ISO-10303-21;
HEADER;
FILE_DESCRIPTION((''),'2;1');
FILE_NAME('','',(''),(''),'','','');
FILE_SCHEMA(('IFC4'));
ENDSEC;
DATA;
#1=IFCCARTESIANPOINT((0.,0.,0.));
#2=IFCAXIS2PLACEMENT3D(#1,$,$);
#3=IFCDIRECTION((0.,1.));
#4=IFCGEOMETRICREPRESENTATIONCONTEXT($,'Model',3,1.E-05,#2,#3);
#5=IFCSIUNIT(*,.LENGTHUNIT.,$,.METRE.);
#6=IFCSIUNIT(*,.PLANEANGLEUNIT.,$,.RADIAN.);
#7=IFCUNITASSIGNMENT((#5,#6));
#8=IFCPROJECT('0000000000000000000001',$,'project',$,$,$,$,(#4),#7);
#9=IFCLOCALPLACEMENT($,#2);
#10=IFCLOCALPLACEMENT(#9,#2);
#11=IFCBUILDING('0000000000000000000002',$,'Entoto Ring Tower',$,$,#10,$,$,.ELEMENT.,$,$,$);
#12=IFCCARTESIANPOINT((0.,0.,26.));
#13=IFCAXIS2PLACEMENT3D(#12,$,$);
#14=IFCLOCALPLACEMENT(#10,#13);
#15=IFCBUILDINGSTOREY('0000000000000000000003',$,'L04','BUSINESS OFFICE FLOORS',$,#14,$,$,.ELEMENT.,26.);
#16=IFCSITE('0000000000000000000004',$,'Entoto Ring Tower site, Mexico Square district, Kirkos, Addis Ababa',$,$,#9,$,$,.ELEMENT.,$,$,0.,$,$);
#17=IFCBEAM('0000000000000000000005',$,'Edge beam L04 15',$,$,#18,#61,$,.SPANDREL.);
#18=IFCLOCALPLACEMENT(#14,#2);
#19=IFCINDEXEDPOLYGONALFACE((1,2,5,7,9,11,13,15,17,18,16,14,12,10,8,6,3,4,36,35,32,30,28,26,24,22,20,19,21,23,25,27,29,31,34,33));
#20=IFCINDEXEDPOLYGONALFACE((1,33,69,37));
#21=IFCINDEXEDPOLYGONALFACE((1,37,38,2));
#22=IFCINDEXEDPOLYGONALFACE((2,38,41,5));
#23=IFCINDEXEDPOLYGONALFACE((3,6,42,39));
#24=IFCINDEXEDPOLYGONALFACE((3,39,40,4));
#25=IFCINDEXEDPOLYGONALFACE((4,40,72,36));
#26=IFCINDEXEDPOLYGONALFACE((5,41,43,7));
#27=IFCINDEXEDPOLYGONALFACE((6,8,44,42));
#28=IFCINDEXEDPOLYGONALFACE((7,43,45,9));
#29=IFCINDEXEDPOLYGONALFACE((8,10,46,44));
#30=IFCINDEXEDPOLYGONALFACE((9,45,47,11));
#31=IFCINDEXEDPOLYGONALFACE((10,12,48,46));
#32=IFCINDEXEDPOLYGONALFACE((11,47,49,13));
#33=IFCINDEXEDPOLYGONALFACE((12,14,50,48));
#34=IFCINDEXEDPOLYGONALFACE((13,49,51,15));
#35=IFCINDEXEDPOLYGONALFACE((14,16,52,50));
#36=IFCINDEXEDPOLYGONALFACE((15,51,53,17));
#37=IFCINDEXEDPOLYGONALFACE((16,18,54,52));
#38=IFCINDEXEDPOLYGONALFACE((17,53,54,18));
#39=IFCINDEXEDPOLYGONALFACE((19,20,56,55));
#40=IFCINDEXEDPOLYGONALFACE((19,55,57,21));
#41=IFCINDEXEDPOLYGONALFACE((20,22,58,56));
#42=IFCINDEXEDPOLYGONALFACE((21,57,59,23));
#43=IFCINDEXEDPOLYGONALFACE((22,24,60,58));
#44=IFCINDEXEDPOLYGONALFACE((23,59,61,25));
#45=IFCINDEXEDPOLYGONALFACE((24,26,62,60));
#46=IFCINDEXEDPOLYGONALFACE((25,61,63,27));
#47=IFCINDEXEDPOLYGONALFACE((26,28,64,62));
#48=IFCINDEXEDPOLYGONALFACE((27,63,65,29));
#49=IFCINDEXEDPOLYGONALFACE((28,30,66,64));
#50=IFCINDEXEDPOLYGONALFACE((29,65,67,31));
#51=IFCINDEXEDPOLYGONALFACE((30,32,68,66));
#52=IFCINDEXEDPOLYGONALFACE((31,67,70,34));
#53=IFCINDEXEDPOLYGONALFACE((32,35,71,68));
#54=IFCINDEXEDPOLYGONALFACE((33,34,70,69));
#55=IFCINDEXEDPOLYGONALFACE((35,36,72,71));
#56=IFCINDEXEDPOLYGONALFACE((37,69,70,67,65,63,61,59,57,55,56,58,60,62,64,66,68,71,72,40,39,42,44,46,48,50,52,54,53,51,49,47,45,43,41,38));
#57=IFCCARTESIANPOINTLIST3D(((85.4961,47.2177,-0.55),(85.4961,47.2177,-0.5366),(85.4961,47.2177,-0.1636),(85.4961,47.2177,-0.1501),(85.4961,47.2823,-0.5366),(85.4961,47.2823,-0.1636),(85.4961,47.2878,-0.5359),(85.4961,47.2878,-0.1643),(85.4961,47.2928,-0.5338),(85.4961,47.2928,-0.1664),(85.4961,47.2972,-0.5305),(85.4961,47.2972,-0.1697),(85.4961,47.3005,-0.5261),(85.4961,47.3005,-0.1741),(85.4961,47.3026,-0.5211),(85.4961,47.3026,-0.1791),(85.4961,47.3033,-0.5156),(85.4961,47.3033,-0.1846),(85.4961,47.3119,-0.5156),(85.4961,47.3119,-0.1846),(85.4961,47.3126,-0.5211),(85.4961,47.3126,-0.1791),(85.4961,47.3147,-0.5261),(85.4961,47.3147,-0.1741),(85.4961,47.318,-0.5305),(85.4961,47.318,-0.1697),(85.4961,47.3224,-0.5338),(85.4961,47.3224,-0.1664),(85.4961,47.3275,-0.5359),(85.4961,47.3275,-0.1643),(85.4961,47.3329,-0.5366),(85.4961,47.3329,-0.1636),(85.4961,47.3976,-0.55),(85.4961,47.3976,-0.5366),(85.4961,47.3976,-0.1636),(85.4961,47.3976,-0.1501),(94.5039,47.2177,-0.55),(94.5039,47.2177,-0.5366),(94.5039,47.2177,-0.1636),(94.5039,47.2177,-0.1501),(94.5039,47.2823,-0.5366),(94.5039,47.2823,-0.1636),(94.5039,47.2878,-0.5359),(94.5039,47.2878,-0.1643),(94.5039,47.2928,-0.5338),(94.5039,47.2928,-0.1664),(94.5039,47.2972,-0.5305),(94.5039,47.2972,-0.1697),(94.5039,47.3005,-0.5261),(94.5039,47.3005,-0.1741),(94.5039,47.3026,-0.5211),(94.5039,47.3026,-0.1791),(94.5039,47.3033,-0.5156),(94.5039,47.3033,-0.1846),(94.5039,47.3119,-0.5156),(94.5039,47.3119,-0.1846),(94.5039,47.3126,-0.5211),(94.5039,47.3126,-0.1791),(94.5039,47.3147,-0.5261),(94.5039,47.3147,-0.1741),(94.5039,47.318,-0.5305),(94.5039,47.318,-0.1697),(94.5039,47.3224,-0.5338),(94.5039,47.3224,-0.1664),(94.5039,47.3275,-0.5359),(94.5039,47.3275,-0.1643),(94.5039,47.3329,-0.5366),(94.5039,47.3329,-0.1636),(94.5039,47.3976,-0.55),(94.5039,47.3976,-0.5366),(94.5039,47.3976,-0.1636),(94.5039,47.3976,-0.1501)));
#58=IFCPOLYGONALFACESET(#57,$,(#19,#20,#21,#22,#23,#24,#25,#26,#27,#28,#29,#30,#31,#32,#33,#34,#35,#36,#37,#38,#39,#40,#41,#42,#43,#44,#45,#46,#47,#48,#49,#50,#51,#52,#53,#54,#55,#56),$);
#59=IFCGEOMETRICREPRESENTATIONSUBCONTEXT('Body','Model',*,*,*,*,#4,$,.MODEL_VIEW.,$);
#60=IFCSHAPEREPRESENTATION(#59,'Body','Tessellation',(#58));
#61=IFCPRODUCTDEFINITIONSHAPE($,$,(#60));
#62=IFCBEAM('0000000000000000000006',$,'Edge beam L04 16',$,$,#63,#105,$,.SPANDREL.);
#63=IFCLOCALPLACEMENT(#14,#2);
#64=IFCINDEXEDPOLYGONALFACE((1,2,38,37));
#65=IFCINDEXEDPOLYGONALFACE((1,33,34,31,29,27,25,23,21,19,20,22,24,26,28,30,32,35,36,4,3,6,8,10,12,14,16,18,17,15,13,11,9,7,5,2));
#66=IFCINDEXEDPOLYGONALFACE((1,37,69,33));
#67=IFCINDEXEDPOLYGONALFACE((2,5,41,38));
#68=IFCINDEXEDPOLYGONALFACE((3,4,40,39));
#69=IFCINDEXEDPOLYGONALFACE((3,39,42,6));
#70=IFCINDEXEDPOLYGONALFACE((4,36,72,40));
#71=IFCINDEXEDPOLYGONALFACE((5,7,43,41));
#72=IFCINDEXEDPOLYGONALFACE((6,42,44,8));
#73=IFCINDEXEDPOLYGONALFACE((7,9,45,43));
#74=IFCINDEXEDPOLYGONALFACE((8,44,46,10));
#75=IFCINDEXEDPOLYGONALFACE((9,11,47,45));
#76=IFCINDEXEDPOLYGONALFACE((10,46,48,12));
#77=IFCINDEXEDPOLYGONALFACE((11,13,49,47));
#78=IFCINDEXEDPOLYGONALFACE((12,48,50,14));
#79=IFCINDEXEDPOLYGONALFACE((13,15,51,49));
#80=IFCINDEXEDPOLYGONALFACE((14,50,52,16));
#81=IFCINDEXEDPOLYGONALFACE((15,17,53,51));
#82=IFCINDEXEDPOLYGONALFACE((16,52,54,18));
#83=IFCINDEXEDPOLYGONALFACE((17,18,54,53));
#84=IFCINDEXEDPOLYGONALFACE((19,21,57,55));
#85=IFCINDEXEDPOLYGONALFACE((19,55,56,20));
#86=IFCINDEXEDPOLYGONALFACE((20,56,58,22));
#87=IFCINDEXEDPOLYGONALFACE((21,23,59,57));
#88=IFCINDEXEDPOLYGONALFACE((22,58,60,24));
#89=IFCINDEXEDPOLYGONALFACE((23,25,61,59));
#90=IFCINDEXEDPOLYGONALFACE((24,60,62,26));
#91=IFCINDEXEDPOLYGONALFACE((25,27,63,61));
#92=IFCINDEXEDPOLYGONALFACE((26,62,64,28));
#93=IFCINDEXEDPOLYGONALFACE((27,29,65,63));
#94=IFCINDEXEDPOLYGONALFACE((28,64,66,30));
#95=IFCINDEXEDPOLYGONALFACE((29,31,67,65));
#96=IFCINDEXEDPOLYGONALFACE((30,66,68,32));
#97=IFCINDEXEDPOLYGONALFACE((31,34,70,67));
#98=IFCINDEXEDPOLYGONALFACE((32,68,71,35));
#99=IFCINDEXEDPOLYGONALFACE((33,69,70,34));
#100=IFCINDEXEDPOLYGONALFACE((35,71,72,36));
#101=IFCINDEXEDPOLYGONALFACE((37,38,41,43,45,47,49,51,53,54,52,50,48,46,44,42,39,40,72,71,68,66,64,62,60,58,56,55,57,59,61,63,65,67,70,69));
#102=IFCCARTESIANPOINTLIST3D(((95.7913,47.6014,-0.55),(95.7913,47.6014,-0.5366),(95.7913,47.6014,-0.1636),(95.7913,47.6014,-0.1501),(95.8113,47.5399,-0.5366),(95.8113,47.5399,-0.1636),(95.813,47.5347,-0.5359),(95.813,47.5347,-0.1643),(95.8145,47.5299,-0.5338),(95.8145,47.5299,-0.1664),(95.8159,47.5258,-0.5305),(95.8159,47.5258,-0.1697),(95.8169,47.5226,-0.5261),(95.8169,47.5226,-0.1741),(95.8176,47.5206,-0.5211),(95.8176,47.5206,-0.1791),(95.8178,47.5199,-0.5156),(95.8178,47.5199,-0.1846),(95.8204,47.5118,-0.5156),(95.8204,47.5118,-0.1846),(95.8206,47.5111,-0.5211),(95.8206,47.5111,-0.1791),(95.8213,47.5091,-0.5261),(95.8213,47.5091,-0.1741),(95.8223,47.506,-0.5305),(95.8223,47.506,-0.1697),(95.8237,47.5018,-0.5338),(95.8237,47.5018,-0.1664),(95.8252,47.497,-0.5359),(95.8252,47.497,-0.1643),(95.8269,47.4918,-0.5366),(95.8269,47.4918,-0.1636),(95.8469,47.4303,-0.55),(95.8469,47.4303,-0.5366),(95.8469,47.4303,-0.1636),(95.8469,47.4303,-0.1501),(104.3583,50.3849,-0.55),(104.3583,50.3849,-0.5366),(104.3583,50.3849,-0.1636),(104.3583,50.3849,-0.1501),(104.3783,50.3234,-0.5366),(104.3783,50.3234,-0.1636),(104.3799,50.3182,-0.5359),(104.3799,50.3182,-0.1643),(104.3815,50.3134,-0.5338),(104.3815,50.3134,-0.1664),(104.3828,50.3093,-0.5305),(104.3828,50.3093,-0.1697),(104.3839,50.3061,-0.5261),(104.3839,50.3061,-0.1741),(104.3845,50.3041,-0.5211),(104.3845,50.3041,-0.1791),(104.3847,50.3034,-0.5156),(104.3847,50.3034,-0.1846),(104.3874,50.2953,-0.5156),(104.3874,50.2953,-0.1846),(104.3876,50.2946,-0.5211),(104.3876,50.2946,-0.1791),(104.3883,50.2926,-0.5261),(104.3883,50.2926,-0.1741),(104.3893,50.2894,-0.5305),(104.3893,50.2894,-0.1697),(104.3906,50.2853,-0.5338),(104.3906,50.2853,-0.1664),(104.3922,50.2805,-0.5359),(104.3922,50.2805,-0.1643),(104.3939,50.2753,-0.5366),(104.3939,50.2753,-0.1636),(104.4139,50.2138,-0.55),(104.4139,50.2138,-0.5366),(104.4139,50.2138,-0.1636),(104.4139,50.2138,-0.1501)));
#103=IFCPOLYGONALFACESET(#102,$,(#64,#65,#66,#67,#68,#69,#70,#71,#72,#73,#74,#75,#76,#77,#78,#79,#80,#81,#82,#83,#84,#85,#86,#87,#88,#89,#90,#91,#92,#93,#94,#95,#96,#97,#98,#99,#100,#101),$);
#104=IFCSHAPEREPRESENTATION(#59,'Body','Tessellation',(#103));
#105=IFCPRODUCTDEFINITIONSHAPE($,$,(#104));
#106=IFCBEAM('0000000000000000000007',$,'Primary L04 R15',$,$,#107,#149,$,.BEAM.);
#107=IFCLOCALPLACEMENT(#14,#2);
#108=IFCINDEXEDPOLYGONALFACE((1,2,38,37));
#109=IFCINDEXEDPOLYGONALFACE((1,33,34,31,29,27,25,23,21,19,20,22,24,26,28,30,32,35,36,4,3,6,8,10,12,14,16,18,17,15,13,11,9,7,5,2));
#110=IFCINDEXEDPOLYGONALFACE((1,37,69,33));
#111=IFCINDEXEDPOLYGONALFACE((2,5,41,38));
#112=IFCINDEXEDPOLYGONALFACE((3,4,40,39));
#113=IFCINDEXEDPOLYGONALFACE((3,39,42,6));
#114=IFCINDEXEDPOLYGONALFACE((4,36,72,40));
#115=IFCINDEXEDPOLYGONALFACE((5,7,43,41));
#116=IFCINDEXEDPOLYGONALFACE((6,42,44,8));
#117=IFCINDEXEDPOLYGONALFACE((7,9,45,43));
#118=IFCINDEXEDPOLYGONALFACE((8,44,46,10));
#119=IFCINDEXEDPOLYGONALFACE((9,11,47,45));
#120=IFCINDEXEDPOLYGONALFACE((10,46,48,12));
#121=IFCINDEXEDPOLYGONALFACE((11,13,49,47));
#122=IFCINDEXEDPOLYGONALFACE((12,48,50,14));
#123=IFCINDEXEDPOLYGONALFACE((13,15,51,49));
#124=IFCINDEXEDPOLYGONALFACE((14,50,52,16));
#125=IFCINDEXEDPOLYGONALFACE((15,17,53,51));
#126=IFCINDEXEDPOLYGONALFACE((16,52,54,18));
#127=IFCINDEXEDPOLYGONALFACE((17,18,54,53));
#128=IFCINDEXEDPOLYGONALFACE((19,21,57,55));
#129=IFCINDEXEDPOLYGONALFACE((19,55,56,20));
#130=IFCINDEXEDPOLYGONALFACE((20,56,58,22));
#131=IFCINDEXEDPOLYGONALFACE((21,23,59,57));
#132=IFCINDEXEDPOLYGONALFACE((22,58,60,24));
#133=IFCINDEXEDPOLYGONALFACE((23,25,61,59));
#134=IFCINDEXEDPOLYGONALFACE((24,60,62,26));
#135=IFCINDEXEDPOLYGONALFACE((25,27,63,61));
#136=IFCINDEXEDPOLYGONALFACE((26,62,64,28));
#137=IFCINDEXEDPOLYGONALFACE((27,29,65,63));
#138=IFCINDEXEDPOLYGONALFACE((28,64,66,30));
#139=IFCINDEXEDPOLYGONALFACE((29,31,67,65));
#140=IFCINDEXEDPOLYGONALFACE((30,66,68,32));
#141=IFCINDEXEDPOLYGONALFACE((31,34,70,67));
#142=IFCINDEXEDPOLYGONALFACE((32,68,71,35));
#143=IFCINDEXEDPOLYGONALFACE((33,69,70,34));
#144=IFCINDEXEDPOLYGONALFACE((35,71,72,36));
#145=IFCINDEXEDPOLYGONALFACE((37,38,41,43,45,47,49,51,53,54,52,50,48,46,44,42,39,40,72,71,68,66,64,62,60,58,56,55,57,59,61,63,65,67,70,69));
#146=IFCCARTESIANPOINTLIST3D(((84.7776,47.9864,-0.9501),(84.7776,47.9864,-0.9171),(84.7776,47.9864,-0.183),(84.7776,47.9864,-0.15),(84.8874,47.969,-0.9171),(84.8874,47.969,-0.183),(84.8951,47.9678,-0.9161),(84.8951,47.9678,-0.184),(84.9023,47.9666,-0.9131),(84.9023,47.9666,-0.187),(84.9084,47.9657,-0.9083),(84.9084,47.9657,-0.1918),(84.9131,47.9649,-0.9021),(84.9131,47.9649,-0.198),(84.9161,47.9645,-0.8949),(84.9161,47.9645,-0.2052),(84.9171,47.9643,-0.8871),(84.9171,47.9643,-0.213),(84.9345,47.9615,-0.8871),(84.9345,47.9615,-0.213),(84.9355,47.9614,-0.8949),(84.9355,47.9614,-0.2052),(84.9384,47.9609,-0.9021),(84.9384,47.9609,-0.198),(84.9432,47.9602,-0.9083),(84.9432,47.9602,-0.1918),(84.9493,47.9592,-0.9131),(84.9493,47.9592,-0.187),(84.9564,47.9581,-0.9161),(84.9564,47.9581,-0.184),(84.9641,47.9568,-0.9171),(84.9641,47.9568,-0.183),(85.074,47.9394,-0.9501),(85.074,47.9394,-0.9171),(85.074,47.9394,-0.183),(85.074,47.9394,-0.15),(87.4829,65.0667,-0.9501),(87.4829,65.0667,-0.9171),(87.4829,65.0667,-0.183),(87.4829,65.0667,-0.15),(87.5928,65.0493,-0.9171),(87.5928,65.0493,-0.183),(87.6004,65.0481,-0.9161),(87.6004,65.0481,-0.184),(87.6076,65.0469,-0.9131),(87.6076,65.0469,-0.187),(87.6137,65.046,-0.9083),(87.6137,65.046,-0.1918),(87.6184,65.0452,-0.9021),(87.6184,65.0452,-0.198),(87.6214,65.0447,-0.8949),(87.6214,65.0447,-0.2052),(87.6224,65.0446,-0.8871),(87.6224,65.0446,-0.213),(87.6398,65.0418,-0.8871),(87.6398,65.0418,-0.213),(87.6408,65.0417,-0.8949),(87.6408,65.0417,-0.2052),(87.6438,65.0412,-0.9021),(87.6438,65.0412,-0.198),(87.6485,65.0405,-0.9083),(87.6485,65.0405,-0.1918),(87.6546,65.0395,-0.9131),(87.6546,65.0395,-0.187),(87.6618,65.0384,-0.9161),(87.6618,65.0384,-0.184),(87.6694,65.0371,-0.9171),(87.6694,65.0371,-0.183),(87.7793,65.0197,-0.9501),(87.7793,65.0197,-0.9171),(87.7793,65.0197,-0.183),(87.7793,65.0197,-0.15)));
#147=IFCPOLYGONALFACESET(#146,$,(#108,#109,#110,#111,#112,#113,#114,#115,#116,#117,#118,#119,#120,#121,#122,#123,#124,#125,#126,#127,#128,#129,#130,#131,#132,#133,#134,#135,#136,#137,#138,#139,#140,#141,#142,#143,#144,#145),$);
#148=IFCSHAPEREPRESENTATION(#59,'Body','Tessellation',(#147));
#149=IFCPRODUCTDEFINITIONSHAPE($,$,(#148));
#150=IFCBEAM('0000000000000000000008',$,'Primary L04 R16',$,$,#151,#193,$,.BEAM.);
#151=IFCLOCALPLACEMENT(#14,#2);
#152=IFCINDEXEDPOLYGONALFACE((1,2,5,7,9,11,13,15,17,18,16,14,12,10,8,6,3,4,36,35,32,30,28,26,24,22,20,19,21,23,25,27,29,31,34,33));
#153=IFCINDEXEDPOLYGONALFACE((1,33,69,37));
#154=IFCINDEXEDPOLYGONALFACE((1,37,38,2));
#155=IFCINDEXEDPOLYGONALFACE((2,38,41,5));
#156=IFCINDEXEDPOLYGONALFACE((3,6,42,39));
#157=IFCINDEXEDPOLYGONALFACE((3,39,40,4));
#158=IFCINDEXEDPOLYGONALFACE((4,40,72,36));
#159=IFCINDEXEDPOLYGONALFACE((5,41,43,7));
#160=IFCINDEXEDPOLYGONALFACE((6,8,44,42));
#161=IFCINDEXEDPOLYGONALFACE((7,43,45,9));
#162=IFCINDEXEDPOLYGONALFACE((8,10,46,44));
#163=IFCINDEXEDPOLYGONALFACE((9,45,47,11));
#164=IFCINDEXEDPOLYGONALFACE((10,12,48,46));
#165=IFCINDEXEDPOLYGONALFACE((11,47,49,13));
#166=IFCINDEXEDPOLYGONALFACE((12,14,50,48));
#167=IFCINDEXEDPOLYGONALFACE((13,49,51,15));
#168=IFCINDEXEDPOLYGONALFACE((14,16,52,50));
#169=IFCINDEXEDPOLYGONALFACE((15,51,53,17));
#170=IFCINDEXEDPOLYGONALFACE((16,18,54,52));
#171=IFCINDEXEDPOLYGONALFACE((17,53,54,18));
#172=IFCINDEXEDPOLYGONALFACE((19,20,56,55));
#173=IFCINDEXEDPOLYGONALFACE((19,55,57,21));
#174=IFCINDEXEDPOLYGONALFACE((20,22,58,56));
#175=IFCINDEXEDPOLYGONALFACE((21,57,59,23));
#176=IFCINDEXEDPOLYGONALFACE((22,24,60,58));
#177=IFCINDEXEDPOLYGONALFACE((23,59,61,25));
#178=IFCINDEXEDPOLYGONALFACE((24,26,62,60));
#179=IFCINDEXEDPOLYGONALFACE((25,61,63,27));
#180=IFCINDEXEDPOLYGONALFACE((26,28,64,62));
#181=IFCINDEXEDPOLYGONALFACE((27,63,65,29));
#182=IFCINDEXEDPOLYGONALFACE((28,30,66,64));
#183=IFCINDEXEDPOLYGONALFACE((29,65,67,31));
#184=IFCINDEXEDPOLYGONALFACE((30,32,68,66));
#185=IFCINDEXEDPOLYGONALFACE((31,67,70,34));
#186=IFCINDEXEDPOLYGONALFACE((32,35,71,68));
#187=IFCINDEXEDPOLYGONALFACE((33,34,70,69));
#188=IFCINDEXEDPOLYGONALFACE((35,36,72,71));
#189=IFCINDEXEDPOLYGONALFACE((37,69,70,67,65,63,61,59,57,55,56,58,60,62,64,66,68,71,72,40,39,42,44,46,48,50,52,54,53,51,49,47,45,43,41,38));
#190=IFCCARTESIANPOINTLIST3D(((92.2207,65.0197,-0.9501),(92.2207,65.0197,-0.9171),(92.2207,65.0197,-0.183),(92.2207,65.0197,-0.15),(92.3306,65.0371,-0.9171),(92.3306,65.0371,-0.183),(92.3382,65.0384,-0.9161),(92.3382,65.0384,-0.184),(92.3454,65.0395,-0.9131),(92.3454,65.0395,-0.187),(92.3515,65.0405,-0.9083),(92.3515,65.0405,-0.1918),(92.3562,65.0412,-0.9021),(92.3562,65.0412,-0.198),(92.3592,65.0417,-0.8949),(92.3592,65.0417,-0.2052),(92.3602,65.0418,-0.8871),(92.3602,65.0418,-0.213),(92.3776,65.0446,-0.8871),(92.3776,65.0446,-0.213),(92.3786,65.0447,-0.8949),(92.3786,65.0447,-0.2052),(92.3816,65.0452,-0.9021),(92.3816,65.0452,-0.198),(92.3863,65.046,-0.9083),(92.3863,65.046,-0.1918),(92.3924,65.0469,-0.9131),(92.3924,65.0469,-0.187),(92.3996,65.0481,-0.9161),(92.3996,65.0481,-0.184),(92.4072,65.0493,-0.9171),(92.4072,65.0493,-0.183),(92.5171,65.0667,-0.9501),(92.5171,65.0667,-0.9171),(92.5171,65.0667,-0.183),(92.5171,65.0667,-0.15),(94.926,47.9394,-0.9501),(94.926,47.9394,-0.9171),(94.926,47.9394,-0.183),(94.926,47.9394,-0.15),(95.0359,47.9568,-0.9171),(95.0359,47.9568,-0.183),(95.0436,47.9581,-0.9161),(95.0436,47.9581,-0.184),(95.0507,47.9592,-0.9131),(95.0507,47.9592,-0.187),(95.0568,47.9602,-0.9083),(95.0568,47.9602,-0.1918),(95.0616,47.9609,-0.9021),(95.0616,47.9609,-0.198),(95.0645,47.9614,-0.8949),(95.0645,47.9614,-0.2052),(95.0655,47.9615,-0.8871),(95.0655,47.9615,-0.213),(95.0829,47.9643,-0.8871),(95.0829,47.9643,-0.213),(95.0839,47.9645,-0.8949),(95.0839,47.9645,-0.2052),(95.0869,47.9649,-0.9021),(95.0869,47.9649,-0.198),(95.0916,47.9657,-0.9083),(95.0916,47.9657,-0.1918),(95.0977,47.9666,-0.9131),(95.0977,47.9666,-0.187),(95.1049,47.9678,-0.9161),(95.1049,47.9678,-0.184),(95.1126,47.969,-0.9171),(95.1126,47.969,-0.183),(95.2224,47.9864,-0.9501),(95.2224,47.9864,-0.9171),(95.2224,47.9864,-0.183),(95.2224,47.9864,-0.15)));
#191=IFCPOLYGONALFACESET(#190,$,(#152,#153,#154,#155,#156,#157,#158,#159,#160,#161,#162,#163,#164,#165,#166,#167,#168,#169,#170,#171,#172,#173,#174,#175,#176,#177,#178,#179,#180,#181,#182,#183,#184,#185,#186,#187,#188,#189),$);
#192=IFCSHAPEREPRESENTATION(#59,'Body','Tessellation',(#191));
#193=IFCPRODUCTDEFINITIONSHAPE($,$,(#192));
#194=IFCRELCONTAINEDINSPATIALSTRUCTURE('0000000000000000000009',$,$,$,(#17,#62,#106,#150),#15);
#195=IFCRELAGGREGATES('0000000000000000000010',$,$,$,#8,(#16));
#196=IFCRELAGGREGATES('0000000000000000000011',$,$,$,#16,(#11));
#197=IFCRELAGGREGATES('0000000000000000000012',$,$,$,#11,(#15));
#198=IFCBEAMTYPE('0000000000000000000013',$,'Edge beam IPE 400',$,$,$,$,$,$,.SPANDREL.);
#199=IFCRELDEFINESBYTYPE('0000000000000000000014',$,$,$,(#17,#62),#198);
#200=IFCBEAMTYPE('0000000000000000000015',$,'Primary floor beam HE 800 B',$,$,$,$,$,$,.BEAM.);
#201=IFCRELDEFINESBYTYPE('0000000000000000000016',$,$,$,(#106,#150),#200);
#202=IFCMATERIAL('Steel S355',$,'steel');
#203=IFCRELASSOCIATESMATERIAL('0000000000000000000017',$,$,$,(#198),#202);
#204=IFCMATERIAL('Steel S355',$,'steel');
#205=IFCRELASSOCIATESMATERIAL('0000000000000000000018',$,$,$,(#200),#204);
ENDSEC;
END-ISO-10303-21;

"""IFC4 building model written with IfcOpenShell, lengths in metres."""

from ifc_helpers import new_model, si_unit, direction, frame, origin, origin_2d, place, context, subcontext, project, spatial, i_section, extrude, material, material_profile, profile_set, type_object, element, save


model = new_model("IFC4")

# Units and contexts
model_context = context("Model", 3, precision=1e-05, world=origin(), true_north=direction((0.0, 1.0)))
body_context = subcontext(model_context, "Body", "Model", "MODEL_VIEW")
ifc_project = project(units=[si_unit("LENGTHUNIT", "METRE"), si_unit("PLANEANGLEUNIT", "RADIAN")], contexts=[model_context])

# Site, building, storey
site_placement = place(None, origin())
site = spatial("IfcSite", under=ifc_project, at=site_placement, Name="Entoto Ring Tower site, Mexico Square district, Kirkos, Addis Ababa", CompositionType="ELEMENT", RefElevation=0.0)
building_placement = place(site_placement, origin())
building = spatial("IfcBuilding", under=site, at=building_placement, Name="Entoto Ring Tower", CompositionType="ELEMENT")
storey_placement = place(building_placement, frame((0.0, 0.0, 26.0)))
storey = spatial("IfcBuildingStorey", under=building, at=storey_placement, Name="L04", Description="BUSINESS OFFICE FLOORS", CompositionType="ELEMENT", Elevation=26.0)

# Beams
ifc_material_1 = material(Name="Steel S355", Category="steel")
ifc_material_profile_1 = material_profile(ifc_material_1, i_section(OverallWidth=0.1799, OverallDepth=0.3999, WebThickness=0.0085, FlangeThickness=0.0134, FilletRadius=0.021, at=origin_2d()), Name="IPE 400")
ifc_profile_set_1 = profile_set([ifc_material_profile_1], Name="Steel S355")
beam_type_1 = type_object("IfcBeamType", Name="Edge beam IPE 400", PredefinedType="SPANDREL", material=ifc_profile_set_1)
for number, where, z_axis, x_axis, name in (
    (1, (85.4961, 47.3076, -0.3501), (1.0, 0.0, 0.0), (0.0, 1.0, 0.0), "Edge beam L04 15"),
    (2, (95.8191, 47.5159, -0.3501), (0.95106, 0.309006, 0.0), (-0.309006, 0.95106, 0.0), "Edge beam L04 16"),
):
    element("IfcBeam", number, at=place(storey_placement, frame(where, z_axis=z_axis, x_axis=x_axis)), inside=storey, type_object=beam_type_1, Name=name, PredefinedType="SPANDREL", context=body_context, shape_type="SweptSolid", body=[
        extrude(i_section(OverallWidth=0.1799, OverallDepth=0.3999, WebThickness=0.0085, FlangeThickness=0.0134, FilletRadius=0.021, at=origin_2d()), origin(), (0.0, 0.0, 1.0), 9.0078),
    ])
ifc_material_2 = material(Name="Steel S355", Category="steel")
ifc_material_profile_2 = material_profile(ifc_material_2, i_section(OverallWidth=0.3, OverallDepth=0.8, WebThickness=0.0176, FlangeThickness=0.033, FilletRadius=0.03, at=origin_2d()), Name="HE 800 B")
ifc_profile_set_2 = profile_set([ifc_material_profile_2], Name="Steel S355")
beam_type_2 = type_object("IfcBeamType", Name="Primary floor beam HE 800 B", PredefinedType="BEAM", material=ifc_profile_set_2)
for number, where, z_axis, x_axis, name in (
    (3, (87.6311, 65.0432, -0.55), (-0.156438, -0.987688, 0.0), (0.987688, -0.156438, 0.0), "Primary L04 R15"),
    (4, (92.3689, 65.0432, -0.55), (0.156438, -0.987688, 0.0), (0.987688, 0.156438, 0.0), "Primary L04 R16"),
):
    element("IfcBeam", number, at=place(storey_placement, frame(where, z_axis=z_axis, x_axis=x_axis)), inside=storey, type_object=beam_type_2, Name=name, PredefinedType="BEAM", context=body_context, shape_type="SweptSolid", body=[
        extrude(i_section(OverallWidth=0.3, OverallDepth=0.8, WebThickness=0.0176, FlangeThickness=0.033, FilletRadius=0.03, at=origin_2d()), origin(), (0.0, 0.0, 1.0), 17.2932),
    ])

save(model, "model.ifc")
